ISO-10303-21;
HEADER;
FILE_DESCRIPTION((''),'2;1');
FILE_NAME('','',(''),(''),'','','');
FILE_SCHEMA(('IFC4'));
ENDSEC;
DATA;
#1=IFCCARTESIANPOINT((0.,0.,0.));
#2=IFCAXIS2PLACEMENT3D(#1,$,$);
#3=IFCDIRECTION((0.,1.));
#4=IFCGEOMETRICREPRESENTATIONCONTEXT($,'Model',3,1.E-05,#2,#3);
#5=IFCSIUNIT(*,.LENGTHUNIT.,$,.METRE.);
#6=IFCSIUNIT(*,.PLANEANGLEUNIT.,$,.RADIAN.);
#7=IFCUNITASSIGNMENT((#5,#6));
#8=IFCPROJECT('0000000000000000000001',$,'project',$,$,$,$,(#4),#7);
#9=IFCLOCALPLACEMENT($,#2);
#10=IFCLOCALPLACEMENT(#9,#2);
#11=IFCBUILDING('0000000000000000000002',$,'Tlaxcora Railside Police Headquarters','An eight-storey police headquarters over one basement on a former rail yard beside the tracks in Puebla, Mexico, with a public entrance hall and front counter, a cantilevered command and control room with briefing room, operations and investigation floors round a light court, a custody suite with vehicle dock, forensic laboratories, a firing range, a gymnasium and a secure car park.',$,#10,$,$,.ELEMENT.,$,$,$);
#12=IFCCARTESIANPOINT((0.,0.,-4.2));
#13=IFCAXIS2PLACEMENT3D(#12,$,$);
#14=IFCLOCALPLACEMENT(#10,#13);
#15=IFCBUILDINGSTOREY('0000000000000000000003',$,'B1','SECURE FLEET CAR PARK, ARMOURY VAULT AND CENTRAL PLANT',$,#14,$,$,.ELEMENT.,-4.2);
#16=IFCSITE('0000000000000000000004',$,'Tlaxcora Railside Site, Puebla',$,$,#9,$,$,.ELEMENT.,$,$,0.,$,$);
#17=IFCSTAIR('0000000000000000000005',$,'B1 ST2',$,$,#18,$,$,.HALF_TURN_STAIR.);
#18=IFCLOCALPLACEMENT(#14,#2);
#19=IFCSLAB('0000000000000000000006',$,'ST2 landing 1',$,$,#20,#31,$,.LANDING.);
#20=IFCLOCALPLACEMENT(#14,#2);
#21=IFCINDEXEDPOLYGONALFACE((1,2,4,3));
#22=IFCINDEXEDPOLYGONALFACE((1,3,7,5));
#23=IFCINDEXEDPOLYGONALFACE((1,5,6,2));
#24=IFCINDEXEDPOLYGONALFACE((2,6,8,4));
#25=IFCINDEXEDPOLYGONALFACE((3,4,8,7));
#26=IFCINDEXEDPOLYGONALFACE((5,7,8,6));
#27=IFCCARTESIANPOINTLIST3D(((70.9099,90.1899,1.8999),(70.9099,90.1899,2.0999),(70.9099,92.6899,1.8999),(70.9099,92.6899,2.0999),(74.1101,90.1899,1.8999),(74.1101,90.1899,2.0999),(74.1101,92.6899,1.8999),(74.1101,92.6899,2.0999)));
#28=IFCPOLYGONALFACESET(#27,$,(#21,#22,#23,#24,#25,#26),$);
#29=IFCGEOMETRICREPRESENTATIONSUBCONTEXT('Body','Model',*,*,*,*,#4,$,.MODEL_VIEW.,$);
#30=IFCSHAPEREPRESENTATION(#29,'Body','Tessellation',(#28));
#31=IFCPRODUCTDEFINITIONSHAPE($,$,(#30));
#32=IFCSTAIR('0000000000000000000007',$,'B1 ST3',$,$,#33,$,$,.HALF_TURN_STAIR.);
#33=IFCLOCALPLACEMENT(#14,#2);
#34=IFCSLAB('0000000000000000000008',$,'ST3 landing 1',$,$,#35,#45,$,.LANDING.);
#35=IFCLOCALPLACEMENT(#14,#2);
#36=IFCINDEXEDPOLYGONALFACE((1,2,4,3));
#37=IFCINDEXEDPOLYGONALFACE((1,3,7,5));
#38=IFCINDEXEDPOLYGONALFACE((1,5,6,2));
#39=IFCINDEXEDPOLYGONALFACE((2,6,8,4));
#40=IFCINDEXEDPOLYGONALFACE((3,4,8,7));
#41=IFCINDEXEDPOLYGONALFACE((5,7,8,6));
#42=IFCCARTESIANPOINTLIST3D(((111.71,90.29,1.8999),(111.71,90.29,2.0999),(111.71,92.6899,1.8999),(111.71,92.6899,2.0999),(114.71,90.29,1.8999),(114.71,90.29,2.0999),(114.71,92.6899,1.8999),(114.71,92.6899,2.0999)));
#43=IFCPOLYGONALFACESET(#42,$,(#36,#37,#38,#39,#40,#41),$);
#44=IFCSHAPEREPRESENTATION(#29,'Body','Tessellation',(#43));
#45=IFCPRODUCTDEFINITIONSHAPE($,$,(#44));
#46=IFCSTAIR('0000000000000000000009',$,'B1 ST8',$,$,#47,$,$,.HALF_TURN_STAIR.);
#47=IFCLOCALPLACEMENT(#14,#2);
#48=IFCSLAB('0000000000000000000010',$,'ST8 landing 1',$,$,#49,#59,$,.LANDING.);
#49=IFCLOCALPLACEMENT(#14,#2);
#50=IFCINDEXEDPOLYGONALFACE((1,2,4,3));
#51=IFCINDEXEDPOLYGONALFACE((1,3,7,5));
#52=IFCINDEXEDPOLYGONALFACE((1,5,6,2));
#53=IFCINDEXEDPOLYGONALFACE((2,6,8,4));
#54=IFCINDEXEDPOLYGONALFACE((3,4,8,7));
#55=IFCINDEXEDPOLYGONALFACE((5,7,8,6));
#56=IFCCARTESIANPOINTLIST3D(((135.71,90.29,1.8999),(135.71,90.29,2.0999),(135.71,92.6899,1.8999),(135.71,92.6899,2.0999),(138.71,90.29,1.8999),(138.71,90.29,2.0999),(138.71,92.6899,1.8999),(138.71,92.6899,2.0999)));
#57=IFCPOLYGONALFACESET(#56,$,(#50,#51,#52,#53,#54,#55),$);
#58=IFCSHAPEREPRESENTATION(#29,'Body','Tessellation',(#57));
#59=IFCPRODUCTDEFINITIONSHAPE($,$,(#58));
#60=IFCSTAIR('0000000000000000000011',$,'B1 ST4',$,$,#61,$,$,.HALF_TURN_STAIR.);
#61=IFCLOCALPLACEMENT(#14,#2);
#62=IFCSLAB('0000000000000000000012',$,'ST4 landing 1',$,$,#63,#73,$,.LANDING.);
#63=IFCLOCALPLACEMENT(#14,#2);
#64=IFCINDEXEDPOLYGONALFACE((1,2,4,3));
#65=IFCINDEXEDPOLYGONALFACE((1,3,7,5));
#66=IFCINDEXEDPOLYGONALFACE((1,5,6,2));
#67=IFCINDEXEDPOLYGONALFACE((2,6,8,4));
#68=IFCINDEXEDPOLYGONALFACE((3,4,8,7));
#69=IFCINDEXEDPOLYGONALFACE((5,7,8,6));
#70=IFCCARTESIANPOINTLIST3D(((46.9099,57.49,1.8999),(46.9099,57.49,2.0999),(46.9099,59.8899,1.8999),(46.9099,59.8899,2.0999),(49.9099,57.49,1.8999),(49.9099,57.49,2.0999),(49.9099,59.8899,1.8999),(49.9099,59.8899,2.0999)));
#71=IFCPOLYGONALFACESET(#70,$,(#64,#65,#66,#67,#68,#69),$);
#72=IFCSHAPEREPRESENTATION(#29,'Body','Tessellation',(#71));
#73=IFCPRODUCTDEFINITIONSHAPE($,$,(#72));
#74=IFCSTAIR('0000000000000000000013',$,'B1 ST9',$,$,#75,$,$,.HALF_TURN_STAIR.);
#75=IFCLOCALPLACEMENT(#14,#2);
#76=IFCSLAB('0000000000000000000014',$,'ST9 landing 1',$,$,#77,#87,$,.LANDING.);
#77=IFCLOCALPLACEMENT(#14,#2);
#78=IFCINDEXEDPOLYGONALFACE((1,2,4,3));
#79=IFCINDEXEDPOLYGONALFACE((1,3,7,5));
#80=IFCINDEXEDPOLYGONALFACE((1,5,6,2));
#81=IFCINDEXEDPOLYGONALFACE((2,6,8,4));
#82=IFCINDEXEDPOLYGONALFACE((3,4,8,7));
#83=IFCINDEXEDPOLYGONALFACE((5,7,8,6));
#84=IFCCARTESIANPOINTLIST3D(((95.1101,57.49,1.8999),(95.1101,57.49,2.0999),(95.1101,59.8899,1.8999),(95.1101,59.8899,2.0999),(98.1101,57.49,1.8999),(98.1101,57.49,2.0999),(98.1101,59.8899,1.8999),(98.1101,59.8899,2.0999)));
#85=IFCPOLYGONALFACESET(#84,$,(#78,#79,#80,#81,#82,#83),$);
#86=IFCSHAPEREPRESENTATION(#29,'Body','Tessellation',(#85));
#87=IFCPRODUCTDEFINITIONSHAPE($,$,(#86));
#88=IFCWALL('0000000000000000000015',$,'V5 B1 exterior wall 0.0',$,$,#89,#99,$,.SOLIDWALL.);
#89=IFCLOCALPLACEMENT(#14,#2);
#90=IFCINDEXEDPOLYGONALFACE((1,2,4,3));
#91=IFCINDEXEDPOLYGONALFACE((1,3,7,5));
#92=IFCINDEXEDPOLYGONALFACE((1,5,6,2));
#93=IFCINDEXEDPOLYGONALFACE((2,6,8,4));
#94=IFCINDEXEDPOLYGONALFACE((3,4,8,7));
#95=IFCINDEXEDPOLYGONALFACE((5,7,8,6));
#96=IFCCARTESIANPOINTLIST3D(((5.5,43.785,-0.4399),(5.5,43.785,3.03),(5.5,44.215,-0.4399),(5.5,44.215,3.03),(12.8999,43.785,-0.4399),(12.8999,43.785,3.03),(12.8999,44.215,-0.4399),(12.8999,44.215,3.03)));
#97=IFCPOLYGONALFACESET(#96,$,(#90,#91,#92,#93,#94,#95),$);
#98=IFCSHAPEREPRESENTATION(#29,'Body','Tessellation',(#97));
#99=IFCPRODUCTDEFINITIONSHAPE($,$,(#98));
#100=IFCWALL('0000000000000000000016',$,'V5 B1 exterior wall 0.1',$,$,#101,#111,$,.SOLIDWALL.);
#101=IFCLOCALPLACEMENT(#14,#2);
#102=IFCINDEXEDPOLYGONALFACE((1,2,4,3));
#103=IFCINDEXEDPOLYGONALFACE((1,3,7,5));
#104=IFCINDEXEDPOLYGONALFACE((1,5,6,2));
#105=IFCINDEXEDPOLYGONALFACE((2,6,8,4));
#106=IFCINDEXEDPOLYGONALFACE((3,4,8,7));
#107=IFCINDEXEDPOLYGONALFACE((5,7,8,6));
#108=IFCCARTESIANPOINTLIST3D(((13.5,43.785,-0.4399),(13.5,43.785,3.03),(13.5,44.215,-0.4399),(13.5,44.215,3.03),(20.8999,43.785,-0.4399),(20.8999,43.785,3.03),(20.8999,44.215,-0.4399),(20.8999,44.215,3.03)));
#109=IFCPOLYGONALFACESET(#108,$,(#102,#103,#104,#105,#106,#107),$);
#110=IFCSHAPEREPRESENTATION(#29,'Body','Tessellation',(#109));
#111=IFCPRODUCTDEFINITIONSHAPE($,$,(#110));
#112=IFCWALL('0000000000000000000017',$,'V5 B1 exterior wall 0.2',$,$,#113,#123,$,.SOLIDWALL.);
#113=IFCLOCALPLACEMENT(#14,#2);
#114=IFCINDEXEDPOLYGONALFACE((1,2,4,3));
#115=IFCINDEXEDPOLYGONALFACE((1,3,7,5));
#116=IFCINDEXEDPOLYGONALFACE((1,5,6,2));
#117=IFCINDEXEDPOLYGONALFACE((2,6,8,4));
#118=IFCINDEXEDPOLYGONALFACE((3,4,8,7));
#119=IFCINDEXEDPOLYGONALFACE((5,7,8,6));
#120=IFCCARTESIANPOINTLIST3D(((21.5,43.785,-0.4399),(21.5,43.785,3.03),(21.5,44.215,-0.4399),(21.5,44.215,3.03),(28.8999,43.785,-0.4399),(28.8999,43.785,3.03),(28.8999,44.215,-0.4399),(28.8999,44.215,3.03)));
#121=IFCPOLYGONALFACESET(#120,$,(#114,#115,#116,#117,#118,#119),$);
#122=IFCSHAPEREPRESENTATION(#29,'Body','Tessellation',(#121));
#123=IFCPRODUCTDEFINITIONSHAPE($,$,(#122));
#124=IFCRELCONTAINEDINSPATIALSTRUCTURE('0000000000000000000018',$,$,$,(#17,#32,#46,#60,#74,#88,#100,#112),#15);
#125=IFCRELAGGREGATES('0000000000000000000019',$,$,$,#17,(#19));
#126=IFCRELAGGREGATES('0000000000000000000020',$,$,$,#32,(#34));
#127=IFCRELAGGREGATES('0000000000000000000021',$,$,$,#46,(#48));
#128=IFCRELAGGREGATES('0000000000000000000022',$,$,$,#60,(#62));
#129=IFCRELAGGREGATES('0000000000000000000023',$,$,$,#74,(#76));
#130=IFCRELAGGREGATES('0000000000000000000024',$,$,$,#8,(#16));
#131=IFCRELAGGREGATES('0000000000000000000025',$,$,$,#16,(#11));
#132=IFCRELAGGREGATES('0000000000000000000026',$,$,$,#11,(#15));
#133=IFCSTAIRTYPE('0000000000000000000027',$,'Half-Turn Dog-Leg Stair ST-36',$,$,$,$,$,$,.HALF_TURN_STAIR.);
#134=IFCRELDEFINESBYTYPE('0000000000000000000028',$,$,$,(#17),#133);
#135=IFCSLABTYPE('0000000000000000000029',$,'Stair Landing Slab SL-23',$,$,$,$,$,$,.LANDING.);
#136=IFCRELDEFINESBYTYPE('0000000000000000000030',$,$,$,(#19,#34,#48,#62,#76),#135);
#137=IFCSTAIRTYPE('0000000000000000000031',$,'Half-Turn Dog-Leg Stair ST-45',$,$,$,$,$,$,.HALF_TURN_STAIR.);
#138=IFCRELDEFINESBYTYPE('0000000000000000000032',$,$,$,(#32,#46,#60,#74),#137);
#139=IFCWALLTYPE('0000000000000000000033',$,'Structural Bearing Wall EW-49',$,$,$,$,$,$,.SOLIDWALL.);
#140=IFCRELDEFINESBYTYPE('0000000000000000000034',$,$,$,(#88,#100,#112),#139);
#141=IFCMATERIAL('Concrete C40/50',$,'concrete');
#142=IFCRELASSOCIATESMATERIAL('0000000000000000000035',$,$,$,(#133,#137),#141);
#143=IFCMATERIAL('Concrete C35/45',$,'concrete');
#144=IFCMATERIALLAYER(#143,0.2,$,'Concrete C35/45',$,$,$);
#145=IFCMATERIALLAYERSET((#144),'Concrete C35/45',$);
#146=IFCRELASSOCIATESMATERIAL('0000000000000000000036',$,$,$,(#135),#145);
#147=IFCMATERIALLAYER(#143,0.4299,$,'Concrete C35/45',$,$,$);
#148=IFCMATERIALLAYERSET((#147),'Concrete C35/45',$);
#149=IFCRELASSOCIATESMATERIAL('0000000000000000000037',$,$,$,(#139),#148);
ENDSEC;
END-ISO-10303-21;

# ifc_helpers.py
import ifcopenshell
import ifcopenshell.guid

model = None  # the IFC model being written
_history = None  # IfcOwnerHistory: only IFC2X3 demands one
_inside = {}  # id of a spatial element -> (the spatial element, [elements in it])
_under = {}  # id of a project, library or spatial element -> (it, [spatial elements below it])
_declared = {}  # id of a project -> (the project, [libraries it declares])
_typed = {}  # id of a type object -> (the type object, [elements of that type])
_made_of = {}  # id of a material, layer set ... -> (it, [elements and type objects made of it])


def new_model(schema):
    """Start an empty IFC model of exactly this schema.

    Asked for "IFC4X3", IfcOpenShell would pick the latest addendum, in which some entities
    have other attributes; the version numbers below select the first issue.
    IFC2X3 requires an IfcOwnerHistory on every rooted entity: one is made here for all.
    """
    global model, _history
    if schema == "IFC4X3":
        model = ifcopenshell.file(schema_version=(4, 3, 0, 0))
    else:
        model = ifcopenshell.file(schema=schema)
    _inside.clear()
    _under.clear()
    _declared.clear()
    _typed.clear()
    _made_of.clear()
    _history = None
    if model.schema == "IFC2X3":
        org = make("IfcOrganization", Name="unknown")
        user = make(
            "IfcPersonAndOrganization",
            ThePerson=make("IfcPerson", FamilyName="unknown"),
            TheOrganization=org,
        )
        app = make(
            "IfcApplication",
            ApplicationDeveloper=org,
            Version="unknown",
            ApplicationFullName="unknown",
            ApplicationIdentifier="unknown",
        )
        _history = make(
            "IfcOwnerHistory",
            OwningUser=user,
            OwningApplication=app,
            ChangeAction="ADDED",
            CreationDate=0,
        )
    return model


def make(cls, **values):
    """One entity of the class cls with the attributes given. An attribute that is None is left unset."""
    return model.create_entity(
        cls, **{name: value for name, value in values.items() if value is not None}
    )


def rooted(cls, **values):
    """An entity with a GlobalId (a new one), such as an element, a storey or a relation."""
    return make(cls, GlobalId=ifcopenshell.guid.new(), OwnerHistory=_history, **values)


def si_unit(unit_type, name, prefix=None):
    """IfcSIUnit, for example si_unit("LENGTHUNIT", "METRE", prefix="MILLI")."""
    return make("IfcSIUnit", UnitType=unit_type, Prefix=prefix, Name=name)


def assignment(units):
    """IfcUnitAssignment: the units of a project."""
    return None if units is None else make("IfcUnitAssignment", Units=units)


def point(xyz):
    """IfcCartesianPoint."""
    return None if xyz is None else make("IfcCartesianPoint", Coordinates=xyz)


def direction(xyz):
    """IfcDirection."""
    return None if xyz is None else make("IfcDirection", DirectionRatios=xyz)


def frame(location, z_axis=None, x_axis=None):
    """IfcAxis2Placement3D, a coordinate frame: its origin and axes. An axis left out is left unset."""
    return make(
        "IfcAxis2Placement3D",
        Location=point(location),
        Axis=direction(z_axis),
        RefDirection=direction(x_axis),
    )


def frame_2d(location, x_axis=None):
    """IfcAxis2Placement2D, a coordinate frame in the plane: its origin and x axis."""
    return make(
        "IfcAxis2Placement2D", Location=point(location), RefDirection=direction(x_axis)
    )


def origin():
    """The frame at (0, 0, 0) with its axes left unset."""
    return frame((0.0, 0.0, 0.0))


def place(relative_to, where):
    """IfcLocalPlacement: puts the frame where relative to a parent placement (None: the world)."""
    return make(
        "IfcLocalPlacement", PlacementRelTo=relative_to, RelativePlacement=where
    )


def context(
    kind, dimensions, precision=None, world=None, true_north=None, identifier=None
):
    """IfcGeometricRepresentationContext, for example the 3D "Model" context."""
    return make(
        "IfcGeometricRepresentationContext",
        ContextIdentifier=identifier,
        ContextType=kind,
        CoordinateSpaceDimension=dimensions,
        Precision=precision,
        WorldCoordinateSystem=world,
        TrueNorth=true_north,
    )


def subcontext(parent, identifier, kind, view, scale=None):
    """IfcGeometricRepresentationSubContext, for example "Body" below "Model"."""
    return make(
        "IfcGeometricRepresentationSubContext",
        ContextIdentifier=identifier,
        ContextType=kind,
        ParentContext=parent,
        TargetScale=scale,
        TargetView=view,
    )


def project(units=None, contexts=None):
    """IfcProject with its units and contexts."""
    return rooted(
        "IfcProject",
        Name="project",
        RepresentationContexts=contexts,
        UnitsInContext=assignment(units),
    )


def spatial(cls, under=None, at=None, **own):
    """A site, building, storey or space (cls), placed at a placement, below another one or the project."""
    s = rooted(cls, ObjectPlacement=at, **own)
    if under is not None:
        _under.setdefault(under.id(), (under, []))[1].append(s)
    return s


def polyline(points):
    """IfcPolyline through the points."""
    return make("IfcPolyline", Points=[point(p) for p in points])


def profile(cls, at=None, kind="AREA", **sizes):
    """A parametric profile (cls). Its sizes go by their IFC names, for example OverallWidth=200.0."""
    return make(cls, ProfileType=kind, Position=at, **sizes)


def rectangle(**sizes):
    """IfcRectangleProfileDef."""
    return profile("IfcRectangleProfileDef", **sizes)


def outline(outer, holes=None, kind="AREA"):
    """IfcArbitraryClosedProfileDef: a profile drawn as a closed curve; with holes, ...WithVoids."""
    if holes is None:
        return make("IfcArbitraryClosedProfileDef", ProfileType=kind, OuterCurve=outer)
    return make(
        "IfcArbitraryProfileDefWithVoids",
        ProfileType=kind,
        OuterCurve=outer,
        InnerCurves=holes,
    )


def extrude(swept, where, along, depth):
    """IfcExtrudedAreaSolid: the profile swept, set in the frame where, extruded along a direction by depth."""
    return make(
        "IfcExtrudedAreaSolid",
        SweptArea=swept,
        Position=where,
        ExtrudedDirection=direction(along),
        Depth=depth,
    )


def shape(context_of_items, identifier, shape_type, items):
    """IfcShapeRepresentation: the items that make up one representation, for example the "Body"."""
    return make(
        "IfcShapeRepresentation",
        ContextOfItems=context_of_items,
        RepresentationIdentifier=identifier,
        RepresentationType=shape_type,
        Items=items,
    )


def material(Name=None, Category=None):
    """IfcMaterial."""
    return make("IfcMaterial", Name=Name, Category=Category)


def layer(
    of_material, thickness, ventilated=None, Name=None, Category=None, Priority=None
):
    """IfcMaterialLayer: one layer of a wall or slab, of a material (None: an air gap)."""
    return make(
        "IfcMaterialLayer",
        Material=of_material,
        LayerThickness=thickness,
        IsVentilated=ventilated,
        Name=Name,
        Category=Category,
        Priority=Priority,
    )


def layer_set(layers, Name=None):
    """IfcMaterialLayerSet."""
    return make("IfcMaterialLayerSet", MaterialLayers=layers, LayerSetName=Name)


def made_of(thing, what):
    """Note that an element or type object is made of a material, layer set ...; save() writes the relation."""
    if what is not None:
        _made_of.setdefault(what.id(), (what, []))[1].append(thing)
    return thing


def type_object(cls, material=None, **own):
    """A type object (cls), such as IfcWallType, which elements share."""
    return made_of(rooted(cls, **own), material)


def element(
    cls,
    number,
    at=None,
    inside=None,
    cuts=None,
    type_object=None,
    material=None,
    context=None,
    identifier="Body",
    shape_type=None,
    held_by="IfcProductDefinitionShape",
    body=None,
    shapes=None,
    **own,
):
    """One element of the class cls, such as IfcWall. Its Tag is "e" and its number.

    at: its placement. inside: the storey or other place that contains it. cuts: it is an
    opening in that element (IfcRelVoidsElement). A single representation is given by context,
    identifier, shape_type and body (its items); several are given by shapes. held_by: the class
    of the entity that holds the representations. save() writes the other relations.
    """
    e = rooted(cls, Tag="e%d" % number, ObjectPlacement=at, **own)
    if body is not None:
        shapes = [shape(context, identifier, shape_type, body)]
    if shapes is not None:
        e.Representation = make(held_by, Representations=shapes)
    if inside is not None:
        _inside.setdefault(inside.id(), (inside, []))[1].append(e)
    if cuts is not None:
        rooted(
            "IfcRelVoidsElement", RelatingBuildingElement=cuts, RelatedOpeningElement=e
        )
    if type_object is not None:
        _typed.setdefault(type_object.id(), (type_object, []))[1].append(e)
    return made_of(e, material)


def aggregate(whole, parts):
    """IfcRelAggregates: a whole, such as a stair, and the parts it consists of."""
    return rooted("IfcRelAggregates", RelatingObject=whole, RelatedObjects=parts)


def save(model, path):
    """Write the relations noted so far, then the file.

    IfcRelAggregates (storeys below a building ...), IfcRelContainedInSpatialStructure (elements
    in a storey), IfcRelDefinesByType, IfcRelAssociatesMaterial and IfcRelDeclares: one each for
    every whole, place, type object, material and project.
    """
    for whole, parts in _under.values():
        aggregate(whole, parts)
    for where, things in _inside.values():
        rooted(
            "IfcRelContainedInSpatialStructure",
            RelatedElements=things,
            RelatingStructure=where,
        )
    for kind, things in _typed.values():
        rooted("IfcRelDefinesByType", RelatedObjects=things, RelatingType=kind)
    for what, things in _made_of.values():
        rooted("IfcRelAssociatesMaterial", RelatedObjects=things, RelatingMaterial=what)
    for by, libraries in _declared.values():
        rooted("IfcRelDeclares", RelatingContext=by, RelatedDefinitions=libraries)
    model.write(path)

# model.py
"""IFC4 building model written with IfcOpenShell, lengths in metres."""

from ifc_helpers import new_model, si_unit, direction, frame, frame_2d, origin, place, context, subcontext, project, spatial, polyline, rectangle, outline, extrude, material, layer, layer_set, type_object, element, aggregate, save


model = new_model("IFC4")

# Units and contexts
model_context = context("Model", 3, precision=1e-05, world=origin(), true_north=direction((0.0, 1.0)))
body_context = subcontext(model_context, "Body", "Model", "MODEL_VIEW")
ifc_project = project(units=[si_unit("LENGTHUNIT", "METRE"), si_unit("PLANEANGLEUNIT", "RADIAN")], contexts=[model_context])

# Site, building, storey
site_placement = place(None, origin())
site = spatial("IfcSite", under=ifc_project, at=site_placement, Name="Tlaxcora Railside Site, Puebla", CompositionType="ELEMENT", RefElevation=0.0)
building_placement = place(site_placement, origin())
building = spatial("IfcBuilding", under=site, at=building_placement, Name="Tlaxcora Railside Police Headquarters", Description="An eight-storey police headquarters over one basement on a former rail yard beside the tracks in Puebla, Mexico, with a public entrance hall and front counter, a cantilevered command and control room with briefing room, operations and investigation floors round a light court, a custody suite with vehicle dock, forensic laboratories, a firing range, a gymnasium and a secure car park.", CompositionType="ELEMENT")
storey_placement = place(building_placement, frame((0.0, 0.0, -4.2)))
storey = spatial("IfcBuildingStorey", under=building, at=storey_placement, Name="B1", Description="SECURE FLEET CAR PARK, ARMOURY VAULT AND CENTRAL PLANT", CompositionType="ELEMENT", Elevation=-4.2)

# Shared definitions
ifc_material_1 = material(Name="Concrete C35/45", Category="concrete")

# Shared definitions
ifc_material_2 = material(Name="Concrete C40/50", Category="concrete")

# Stairs, slabs
stair_type_1 = type_object("IfcStairType", Name="Half-Turn Dog-Leg Stair ST-36", PredefinedType="HALF_TURN_STAIR", material=ifc_material_2)
ifc_layer_1 = layer(ifc_material_1, 0.2, Name="Concrete C35/45")
ifc_layer_set_1 = layer_set([ifc_layer_1], Name="Concrete C35/45")
slab_type_1 = type_object("IfcSlabType", Name="Stair Landing Slab SL-23", PredefinedType="LANDING", material=ifc_layer_set_1)
stair_1_placement = place(storey_placement, origin())
stair_1 = element("IfcStair", 1, at=stair_1_placement, inside=storey, type_object=stair_type_1, Name="B1 ST2", PredefinedType="HALF_TURN_STAIR")
slab_1_placement = place(storey_placement, frame((0.0, 0.0, 1.8999)))
slab_1 = element("IfcSlab", 2, at=slab_1_placement, type_object=slab_type_1, Name="ST2 landing 1", PredefinedType="LANDING", context=body_context, shape_type="SweptSolid", body=[
    extrude(outline(polyline([(74.1101, 90.1899), (74.1101, 92.6899), (70.9099, 92.6899), (70.9099, 90.1899), (74.1101, 90.1899)])), origin(), (0.0, 0.0, 1.0), 0.2),
])
aggregate(stair_1, [slab_1])
stair_type_2 = type_object("IfcStairType", Name="Half-Turn Dog-Leg Stair ST-45", PredefinedType="HALF_TURN_STAIR", material=ifc_material_2)
stair_2_placement = place(storey_placement, origin())
stair_2 = element("IfcStair", 3, at=stair_2_placement, inside=storey, type_object=stair_type_2, Name="B1 ST3", PredefinedType="HALF_TURN_STAIR")
slab_2_placement = place(storey_placement, frame((0.0, 0.0, 1.8999)))
slab_2 = element("IfcSlab", 4, at=slab_2_placement, type_object=slab_type_1, Name="ST3 landing 1", PredefinedType="LANDING", context=body_context, shape_type="SweptSolid", body=[
    extrude(outline(polyline([(114.71, 90.29), (114.71, 92.6899), (111.71, 92.6899), (111.71, 90.29), (114.71, 90.29)])), origin(), (0.0, 0.0, 1.0), 0.2),
])
aggregate(stair_2, [slab_2])
stair_3_placement = place(storey_placement, origin())
stair_3 = element("IfcStair", 5, at=stair_3_placement, inside=storey, type_object=stair_type_2, Name="B1 ST8", PredefinedType="HALF_TURN_STAIR")
slab_3_placement = place(storey_placement, frame((0.0, 0.0, 1.8999)))
slab_3 = element("IfcSlab", 6, at=slab_3_placement, type_object=slab_type_1, Name="ST8 landing 1", PredefinedType="LANDING", context=body_context, shape_type="SweptSolid", body=[
    extrude(outline(polyline([(138.71, 90.29), (138.71, 92.6899), (135.71, 92.6899), (135.71, 90.29), (138.71, 90.29)])), origin(), (0.0, 0.0, 1.0), 0.2),
])
aggregate(stair_3, [slab_3])
stair_4_placement = place(storey_placement, origin())
stair_4 = element("IfcStair", 7, at=stair_4_placement, inside=storey, type_object=stair_type_2, Name="B1 ST4", PredefinedType="HALF_TURN_STAIR")
slab_4_placement = place(storey_placement, frame((0.0, 0.0, 1.8999)))
slab_4 = element("IfcSlab", 8, at=slab_4_placement, type_object=slab_type_1, Name="ST4 landing 1", PredefinedType="LANDING", context=body_context, shape_type="SweptSolid", body=[
    extrude(outline(polyline([(49.9099, 57.49), (49.9099, 59.8899), (46.9099, 59.8899), (46.9099, 57.49), (49.9099, 57.49)])), origin(), (0.0, 0.0, 1.0), 0.2),
])
aggregate(stair_4, [slab_4])
stair_5_placement = place(storey_placement, origin())
stair_5 = element("IfcStair", 9, at=stair_5_placement, inside=storey, type_object=stair_type_2, Name="B1 ST9", PredefinedType="HALF_TURN_STAIR")
slab_5_placement = place(storey_placement, frame((0.0, 0.0, 1.8999)))
slab_5 = element("IfcSlab", 10, at=slab_5_placement, type_object=slab_type_1, Name="ST9 landing 1", PredefinedType="LANDING", context=body_context, shape_type="SweptSolid", body=[
    extrude(outline(polyline([(98.1101, 57.49), (98.1101, 59.8899), (95.1101, 59.8899), (95.1101, 57.49), (98.1101, 57.49)])), origin(), (0.0, 0.0, 1.0), 0.2),
])
aggregate(stair_5, [slab_5])

# Walls
ifc_layer_2 = layer(ifc_material_1, 0.4299, Name="Concrete C35/45")
ifc_layer_set_2 = layer_set([ifc_layer_2], Name="Concrete C35/45")
wall_type = type_object("IfcWallType", Name="Structural Bearing Wall EW-49", PredefinedType="SOLIDWALL", material=ifc_layer_set_2)
for number, where, z_axis, x_axis, name in (
    (11, (5.5, 44.0, -0.4399), (0.0, 0.0, 1.0), (1.0, 0.0, 0.0), "V5 B1 exterior wall 0.0"),
    (12, (13.5, 44.0, -0.4399), (0.0, 0.0, 1.0), (1.0, 0.0, 0.0), "V5 B1 exterior wall 0.1"),
    (13, (21.5, 44.0, -0.4399), (0.0, 0.0, 1.0), (1.0, 0.0, 0.0), "V5 B1 exterior wall 0.2"),
):
    element("IfcWall", number, at=place(storey_placement, frame(where, z_axis=z_axis, x_axis=x_axis)), inside=storey, type_object=wall_type, Name=name, PredefinedType="SOLIDWALL", context=body_context, shape_type="SweptSolid", body=[
        extrude(rectangle(XDim=7.3999, YDim=0.4299, at=frame_2d((3.7, 0.0))), origin(), (0.0, 0.0, 1.0), 3.47),
    ])

save(model, "model.ifc")
